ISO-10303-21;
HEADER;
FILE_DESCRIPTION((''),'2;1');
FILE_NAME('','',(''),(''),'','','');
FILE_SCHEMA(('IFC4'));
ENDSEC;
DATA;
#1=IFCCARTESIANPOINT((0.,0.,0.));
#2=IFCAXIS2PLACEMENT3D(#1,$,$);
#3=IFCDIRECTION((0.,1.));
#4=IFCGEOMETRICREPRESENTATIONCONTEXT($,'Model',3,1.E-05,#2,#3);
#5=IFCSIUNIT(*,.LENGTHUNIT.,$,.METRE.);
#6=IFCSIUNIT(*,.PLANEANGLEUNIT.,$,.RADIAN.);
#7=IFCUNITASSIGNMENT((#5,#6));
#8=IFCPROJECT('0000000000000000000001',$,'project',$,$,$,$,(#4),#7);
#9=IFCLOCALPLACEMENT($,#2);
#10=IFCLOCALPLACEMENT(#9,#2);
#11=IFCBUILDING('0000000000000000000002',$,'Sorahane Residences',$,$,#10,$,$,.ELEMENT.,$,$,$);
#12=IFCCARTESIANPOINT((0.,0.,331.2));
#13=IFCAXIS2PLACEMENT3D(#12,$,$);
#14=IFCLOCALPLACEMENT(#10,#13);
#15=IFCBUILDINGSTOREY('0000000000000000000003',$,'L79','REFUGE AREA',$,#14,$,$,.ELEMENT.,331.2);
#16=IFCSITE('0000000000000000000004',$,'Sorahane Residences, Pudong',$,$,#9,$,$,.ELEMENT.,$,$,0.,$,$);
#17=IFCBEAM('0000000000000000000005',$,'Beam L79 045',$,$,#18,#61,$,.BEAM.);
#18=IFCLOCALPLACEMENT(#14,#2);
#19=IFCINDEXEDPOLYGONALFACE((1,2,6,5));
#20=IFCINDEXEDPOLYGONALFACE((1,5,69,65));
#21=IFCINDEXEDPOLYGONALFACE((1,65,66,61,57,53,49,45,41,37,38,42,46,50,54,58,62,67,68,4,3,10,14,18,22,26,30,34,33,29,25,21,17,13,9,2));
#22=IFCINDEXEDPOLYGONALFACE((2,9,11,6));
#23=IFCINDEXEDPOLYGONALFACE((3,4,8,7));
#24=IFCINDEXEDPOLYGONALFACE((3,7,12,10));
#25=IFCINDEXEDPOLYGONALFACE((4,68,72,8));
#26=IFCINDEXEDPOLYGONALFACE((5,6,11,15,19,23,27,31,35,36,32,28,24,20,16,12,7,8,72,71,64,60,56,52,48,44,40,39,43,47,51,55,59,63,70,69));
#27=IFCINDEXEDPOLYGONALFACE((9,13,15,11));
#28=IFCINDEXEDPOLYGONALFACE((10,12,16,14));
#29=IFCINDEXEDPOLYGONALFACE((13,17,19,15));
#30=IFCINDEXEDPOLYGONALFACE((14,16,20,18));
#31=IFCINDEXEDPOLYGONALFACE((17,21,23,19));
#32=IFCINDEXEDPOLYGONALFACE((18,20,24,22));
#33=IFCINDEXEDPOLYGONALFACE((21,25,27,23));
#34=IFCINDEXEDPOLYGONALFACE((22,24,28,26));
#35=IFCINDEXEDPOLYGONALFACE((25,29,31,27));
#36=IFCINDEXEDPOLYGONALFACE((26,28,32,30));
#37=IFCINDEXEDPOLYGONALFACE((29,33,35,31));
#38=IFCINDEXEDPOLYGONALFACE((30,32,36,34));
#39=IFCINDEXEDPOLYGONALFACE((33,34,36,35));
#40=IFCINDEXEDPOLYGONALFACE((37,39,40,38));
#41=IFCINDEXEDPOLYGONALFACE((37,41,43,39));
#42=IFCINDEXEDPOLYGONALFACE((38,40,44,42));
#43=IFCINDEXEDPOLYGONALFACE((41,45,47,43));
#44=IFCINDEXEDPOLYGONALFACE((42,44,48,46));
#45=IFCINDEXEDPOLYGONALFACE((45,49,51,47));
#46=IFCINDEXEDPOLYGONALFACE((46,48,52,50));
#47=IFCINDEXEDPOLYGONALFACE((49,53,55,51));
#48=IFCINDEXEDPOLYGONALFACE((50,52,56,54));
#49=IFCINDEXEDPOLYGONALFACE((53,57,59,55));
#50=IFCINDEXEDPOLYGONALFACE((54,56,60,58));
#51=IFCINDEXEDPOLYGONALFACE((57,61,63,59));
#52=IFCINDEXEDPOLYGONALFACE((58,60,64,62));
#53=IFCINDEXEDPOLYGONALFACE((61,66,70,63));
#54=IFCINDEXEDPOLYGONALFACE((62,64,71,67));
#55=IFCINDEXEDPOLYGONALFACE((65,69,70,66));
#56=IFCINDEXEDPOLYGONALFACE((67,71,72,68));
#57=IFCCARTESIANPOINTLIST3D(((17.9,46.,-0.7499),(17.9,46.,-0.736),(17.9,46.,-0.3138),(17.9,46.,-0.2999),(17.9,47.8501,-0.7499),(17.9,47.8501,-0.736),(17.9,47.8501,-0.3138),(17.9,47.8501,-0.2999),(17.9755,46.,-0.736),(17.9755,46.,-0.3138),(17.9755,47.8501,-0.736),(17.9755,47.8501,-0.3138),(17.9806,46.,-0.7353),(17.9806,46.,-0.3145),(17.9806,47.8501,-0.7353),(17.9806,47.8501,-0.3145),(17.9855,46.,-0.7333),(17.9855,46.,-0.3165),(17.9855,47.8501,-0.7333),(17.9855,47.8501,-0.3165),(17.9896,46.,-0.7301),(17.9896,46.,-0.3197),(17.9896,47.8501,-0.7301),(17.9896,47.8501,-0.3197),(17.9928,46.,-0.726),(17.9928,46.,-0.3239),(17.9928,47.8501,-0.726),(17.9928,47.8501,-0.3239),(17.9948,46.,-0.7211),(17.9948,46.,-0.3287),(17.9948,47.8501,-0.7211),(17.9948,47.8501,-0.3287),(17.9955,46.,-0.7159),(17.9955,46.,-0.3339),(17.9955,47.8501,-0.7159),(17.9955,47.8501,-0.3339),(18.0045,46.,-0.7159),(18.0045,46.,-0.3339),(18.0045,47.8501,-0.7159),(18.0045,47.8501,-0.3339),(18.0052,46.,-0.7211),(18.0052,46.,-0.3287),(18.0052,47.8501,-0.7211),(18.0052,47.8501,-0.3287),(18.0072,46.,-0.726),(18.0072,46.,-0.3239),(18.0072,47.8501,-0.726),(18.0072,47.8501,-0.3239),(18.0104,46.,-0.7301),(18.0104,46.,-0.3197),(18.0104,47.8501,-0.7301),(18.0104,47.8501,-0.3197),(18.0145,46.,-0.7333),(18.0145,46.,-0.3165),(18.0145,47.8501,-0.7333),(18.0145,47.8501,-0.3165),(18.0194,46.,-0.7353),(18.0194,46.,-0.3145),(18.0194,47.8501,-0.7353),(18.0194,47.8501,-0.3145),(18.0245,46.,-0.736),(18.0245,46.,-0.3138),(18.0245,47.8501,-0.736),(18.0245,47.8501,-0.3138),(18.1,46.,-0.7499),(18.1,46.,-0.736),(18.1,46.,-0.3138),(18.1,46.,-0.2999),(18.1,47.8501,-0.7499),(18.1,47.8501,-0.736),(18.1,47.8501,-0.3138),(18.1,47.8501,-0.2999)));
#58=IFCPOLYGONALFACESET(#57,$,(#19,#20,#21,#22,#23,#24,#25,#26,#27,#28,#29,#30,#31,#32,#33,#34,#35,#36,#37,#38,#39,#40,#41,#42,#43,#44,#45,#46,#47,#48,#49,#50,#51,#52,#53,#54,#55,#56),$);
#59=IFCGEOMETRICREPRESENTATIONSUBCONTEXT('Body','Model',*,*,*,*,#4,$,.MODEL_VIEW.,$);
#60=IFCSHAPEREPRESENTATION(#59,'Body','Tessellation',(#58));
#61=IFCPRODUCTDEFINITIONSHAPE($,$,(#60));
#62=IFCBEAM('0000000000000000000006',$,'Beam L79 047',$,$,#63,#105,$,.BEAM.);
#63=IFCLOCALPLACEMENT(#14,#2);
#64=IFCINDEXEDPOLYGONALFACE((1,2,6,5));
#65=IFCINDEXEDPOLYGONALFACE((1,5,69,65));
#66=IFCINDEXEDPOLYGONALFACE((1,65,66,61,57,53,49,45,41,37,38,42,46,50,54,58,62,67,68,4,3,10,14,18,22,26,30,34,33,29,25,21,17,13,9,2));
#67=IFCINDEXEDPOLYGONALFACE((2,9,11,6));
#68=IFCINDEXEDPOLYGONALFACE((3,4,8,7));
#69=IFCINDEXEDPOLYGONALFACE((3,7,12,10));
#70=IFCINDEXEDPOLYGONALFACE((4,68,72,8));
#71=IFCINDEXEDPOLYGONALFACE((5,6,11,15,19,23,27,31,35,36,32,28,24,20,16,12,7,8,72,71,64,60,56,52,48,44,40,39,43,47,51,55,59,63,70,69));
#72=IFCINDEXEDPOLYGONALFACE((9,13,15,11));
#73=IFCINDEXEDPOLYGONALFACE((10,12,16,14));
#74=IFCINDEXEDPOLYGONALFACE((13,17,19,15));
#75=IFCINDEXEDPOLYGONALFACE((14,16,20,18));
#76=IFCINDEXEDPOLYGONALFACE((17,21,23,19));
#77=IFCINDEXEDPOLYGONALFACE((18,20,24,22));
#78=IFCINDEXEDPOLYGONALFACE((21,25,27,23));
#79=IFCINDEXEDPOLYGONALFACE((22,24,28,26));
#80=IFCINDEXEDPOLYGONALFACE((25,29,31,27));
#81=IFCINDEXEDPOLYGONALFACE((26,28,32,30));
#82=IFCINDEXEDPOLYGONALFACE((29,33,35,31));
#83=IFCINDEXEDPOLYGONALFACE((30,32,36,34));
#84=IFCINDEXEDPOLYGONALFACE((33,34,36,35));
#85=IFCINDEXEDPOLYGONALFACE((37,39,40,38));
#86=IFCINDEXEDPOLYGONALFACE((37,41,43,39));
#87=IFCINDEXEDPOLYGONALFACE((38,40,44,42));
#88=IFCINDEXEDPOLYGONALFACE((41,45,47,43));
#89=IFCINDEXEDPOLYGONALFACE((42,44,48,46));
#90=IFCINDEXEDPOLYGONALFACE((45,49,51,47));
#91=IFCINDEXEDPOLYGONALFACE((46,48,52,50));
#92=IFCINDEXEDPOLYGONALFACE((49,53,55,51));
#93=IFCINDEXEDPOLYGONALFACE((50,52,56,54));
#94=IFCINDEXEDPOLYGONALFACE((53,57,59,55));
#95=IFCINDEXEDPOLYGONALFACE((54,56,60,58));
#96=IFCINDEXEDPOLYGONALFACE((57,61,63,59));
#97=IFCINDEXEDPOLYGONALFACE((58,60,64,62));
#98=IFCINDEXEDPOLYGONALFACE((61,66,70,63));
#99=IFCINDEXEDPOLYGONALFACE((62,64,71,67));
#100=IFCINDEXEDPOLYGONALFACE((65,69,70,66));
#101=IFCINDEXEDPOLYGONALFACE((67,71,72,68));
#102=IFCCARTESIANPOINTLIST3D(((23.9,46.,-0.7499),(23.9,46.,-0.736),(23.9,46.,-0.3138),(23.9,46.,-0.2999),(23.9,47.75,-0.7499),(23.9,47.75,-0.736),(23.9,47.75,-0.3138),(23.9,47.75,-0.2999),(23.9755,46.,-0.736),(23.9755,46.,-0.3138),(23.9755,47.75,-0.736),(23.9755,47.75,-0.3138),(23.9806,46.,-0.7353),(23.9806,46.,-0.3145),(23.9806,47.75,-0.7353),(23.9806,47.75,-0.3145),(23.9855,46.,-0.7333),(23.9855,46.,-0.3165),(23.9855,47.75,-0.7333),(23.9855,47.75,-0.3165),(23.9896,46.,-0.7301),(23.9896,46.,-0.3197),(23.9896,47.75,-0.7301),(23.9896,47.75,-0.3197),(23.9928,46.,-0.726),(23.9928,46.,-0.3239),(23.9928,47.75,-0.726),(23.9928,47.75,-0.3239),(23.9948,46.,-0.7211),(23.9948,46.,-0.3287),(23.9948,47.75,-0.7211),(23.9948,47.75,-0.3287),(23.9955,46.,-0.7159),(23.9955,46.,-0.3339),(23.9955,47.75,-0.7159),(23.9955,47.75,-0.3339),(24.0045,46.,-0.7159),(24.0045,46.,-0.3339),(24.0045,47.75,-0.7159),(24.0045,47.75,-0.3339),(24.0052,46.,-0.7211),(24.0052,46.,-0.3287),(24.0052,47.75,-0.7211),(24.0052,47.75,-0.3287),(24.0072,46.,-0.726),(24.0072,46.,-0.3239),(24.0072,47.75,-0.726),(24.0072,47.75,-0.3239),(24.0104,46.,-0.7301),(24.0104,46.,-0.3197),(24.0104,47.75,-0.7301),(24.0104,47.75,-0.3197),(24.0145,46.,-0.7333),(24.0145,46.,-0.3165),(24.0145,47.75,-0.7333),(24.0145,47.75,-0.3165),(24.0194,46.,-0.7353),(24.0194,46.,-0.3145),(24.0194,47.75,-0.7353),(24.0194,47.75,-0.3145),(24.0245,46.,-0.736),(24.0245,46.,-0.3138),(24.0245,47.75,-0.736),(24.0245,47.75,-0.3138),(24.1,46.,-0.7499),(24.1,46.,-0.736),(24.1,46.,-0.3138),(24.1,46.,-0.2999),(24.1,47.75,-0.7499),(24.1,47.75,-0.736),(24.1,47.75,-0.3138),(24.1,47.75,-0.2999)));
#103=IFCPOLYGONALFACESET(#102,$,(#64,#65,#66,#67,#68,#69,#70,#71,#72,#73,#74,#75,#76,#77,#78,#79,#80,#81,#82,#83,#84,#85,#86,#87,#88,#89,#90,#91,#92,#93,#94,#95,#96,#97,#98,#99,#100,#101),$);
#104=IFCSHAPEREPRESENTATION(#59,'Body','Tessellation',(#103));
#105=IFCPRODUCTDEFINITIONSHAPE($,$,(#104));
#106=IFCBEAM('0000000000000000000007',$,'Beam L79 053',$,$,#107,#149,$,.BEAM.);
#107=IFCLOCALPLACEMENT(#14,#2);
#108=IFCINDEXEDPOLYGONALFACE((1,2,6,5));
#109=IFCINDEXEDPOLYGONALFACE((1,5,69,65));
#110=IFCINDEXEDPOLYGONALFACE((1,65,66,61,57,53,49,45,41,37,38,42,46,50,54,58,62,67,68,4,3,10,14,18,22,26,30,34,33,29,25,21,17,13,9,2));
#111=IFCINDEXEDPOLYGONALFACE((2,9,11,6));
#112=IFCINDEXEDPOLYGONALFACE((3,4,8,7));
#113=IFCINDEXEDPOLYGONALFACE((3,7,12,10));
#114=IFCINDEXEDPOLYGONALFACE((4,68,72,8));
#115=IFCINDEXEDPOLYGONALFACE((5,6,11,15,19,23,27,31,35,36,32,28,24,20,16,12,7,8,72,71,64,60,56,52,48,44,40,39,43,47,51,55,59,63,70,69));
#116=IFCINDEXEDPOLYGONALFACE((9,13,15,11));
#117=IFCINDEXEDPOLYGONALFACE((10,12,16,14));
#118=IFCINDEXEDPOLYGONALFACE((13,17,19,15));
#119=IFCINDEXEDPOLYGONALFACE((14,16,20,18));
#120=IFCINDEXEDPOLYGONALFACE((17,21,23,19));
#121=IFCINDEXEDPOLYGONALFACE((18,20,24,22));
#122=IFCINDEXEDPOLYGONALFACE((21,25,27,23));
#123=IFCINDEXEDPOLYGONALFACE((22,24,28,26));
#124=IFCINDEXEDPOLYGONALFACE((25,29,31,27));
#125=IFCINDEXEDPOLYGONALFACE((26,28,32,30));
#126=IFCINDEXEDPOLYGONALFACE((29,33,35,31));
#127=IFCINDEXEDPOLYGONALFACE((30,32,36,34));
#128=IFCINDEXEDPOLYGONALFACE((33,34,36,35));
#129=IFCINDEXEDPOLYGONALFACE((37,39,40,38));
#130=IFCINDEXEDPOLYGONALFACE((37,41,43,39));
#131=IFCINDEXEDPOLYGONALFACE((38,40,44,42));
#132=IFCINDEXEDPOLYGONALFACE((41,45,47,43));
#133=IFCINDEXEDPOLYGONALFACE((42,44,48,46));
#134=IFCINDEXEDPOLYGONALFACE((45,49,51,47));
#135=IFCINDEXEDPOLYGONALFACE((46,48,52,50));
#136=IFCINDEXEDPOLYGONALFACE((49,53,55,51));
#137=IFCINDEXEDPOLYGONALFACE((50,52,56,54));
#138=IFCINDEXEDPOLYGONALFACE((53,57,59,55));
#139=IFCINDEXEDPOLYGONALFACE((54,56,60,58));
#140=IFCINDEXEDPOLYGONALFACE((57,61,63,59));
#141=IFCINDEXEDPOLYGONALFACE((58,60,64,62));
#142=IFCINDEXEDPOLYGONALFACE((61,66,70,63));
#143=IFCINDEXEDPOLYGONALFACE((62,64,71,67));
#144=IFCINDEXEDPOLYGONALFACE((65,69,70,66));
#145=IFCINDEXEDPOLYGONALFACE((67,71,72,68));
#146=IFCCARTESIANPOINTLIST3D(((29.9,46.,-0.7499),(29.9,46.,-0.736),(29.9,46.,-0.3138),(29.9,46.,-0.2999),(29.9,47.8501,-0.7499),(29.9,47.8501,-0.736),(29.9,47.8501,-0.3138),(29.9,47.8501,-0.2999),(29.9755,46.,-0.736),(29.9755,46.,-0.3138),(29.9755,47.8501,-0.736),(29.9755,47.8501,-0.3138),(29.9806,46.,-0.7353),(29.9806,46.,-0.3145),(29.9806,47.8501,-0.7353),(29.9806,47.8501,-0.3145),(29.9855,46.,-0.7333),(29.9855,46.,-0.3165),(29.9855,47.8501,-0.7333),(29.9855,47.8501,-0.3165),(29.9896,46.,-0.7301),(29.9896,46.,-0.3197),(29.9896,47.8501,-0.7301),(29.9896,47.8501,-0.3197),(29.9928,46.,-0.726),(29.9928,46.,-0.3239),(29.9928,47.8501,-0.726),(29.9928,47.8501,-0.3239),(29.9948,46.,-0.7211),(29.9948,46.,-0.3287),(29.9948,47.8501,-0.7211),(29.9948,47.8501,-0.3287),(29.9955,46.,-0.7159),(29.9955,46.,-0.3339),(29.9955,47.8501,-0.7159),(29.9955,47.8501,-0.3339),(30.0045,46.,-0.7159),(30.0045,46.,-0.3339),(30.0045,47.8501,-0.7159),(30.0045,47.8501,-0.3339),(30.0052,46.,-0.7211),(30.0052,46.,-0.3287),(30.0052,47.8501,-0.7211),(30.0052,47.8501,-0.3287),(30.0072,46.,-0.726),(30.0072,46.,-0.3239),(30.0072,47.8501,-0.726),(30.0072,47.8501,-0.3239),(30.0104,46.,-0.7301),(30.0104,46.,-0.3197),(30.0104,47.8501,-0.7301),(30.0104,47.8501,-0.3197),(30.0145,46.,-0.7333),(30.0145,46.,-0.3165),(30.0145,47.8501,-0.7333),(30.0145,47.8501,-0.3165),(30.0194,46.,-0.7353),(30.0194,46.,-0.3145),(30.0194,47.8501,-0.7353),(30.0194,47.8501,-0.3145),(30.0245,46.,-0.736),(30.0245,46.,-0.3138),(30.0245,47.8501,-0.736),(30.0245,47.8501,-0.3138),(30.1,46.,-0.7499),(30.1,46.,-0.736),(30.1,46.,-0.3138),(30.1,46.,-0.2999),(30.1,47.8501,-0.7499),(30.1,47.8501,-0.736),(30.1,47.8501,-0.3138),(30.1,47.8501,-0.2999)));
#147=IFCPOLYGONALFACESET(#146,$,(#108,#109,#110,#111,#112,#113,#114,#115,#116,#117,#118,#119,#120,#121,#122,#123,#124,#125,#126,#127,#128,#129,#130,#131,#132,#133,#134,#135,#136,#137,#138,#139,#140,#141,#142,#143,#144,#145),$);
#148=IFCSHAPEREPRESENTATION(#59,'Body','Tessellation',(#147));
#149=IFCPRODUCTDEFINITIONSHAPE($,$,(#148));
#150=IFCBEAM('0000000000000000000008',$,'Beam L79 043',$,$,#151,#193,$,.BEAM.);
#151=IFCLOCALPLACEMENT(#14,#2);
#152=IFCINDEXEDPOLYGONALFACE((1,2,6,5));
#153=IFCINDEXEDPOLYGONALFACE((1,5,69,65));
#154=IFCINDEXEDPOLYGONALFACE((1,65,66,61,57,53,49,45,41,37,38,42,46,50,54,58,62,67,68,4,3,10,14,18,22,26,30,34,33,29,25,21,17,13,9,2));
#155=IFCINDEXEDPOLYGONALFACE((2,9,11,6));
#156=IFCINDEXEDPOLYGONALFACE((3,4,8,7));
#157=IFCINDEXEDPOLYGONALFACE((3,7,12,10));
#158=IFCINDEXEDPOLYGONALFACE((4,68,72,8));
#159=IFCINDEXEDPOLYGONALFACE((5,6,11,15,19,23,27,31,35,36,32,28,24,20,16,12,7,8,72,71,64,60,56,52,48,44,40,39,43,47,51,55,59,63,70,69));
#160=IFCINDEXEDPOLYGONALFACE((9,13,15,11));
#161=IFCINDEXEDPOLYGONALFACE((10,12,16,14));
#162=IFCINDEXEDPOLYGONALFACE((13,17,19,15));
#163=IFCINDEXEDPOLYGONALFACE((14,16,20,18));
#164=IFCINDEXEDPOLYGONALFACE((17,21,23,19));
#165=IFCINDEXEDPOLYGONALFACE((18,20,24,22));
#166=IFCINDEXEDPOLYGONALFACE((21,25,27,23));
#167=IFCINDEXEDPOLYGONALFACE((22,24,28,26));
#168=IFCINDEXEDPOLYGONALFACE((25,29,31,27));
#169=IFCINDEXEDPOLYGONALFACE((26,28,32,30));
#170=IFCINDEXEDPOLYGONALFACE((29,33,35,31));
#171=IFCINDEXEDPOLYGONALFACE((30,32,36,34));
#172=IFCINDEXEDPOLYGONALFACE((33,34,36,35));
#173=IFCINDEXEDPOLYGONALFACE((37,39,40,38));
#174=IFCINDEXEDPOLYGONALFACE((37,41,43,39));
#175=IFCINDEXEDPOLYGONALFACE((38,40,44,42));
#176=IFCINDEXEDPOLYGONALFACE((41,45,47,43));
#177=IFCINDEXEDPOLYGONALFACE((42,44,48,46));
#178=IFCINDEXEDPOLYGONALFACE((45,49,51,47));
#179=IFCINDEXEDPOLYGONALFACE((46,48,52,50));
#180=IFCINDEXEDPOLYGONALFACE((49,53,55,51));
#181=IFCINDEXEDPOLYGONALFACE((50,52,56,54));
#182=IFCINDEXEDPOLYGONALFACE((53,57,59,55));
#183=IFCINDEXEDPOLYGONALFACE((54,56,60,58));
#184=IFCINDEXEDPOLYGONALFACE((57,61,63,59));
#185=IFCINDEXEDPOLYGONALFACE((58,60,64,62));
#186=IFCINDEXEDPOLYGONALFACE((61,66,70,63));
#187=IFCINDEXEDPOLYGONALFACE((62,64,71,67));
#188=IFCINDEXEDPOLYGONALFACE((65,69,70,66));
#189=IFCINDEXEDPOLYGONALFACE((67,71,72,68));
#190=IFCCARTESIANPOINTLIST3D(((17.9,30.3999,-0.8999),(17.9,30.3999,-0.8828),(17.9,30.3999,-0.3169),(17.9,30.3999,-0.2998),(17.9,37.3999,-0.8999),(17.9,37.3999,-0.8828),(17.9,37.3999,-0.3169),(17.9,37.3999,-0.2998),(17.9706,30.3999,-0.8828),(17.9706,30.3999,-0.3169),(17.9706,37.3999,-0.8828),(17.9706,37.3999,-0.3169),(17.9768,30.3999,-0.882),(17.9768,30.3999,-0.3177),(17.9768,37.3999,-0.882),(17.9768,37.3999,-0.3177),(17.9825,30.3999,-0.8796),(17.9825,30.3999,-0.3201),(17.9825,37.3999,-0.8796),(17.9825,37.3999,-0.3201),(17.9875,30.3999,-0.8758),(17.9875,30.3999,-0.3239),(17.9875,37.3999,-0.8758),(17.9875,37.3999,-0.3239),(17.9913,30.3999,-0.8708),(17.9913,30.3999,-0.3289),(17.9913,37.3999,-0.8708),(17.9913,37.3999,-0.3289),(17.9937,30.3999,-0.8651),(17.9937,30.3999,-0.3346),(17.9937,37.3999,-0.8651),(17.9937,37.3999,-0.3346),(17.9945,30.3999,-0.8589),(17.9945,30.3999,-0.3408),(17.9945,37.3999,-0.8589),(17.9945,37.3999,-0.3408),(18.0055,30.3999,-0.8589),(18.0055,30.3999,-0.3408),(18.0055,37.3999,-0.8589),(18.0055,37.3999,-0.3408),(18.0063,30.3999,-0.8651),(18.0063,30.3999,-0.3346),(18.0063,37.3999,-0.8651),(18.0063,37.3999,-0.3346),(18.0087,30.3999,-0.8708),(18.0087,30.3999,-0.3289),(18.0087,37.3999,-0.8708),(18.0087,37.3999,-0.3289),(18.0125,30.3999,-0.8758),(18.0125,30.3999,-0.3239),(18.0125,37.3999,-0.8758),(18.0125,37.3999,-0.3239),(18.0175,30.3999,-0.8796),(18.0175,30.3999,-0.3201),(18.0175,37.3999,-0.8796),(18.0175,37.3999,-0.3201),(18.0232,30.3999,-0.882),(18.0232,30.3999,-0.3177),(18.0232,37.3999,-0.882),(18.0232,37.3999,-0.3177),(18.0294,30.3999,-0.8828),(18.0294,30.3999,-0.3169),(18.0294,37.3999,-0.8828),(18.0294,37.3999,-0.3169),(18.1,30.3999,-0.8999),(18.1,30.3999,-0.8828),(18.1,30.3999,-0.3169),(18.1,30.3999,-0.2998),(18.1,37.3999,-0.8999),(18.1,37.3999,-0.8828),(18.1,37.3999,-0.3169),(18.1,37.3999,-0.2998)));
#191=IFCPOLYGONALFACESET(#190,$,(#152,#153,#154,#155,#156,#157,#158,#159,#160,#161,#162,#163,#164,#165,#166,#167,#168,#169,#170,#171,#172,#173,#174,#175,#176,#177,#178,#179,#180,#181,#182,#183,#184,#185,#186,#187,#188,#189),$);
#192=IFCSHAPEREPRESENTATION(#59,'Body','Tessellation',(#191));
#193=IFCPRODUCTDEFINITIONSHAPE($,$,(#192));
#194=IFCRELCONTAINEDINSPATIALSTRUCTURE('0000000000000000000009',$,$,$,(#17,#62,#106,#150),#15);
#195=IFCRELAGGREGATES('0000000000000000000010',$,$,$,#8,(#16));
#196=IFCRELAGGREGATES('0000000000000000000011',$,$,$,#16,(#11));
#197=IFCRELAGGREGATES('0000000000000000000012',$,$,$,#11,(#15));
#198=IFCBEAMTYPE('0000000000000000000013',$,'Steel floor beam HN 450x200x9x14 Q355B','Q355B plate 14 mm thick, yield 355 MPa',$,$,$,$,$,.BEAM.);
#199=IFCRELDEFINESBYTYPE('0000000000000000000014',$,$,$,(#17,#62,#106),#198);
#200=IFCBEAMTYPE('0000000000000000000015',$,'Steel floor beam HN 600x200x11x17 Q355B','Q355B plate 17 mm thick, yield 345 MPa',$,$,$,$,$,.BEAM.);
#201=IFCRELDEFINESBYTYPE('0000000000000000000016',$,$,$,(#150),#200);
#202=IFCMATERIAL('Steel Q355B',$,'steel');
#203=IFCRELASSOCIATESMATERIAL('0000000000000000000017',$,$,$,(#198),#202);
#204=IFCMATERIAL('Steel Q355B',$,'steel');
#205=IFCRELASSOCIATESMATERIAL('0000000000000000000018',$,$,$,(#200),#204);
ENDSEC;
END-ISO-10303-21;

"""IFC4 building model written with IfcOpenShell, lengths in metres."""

from ifc_helpers import new_model, si_unit, direction, frame, origin, origin_2d, place, context, subcontext, project, spatial, i_section, extrude, material, material_profile, profile_set, type_object, element, save


model = new_model("IFC4")

# Units and contexts
model_context = context("Model", 3, precision=1e-05, world=origin(), true_north=direction((0.0, 1.0)))
body_context = subcontext(model_context, "Body", "Model", "MODEL_VIEW")
ifc_project = project(units=[si_unit("LENGTHUNIT", "METRE"), si_unit("PLANEANGLEUNIT", "RADIAN")], contexts=[model_context])

# Site, building, storey
site_placement = place(None, origin())
site = spatial("IfcSite", under=ifc_project, at=site_placement, Name="Sorahane Residences, Pudong", CompositionType="ELEMENT", RefElevation=0.0)
building_placement = place(site_placement, origin())
building = spatial("IfcBuilding", under=site, at=building_placement, Name="Sorahane Residences", CompositionType="ELEMENT")
storey_placement = place(building_placement, frame((0.0, 0.0, 331.2)))
storey = spatial("IfcBuildingStorey", under=building, at=storey_placement, Name="L79", Description="REFUGE AREA", CompositionType="ELEMENT", Elevation=331.2)

# Beams
ifc_material_1 = material(Name="Steel Q355B", Category="steel")
ifc_material_profile_1 = material_profile(ifc_material_1, i_section(OverallWidth=0.2, OverallDepth=0.45, WebThickness=0.009, FlangeThickness=0.0139, FilletRadius=0.02, at=origin_2d()), Name="HN 450x200x9x14")
ifc_profile_set_1 = profile_set([ifc_material_profile_1], Name="Steel Q355B")
beam_type_1 = type_object("IfcBeamType", Name="Steel floor beam HN 450x200x9x14 Q355B", Description="Q355B plate 14 mm thick, yield 355 MPa", PredefinedType="BEAM", material=ifc_profile_set_1)
beam_1_placement = place(storey_placement, frame((18.0, 46.0, -0.5249), z_axis=(0.0, 1.0, 0.0), x_axis=(-1.0, 0.0, 0.0)))
element("IfcBeam", 1, at=beam_1_placement, inside=storey, type_object=beam_type_1, Name="Beam L79 045", PredefinedType="BEAM", context=body_context, shape_type="SweptSolid", body=[
    extrude(i_section(OverallWidth=0.2, OverallDepth=0.45, WebThickness=0.009, FlangeThickness=0.0139, FilletRadius=0.02, at=origin_2d()), origin(), (0.0, 0.0, 1.0), 1.8501),
])
beam_2_placement = place(storey_placement, frame((24.0, 46.0, -0.5249), z_axis=(0.0, 1.0, 0.0), x_axis=(-1.0, 0.0, 0.0)))
element("IfcBeam", 2, at=beam_2_placement, inside=storey, type_object=beam_type_1, Name="Beam L79 047", PredefinedType="BEAM", context=body_context, shape_type="SweptSolid", body=[
    extrude(i_section(OverallWidth=0.2, OverallDepth=0.45, WebThickness=0.009, FlangeThickness=0.0139, FilletRadius=0.02, at=origin_2d()), origin(), (0.0, 0.0, 1.0), 1.75),
])
beam_3_placement = place(storey_placement, frame((30.0, 46.0, -0.5249), z_axis=(0.0, 1.0, 0.0), x_axis=(-1.0, 0.0, 0.0)))
element("IfcBeam", 3, at=beam_3_placement, inside=storey, type_object=beam_type_1, Name="Beam L79 053", PredefinedType="BEAM", context=body_context, shape_type="SweptSolid", body=[
    extrude(i_section(OverallWidth=0.2, OverallDepth=0.45, WebThickness=0.009, FlangeThickness=0.0139, FilletRadius=0.02, at=origin_2d()), origin(), (0.0, 0.0, 1.0), 1.8501),
])
ifc_material_2 = material(Name="Steel Q355B", Category="steel")
ifc_material_profile_2 = material_profile(ifc_material_2, i_section(OverallWidth=0.2, OverallDepth=0.6001, WebThickness=0.011, FlangeThickness=0.0171, FilletRadius=0.0239, at=origin_2d()), Name="HN 600x200x11x17")
ifc_profile_set_2 = profile_set([ifc_material_profile_2], Name="Steel Q355B")
beam_type_2 = type_object("IfcBeamType", Name="Steel floor beam HN 600x200x11x17 Q355B", Description="Q355B plate 17 mm thick, yield 345 MPa", PredefinedType="BEAM", material=ifc_profile_set_2)
for number, where, z_axis, x_axis, name in (
    (4, (18.0, 30.3999, -0.5999), (0.0, 1.0, 0.0), (-1.0, 0.0, 0.0), "Beam L79 043"),
):
    element("IfcBeam", number, at=place(storey_placement, frame(where, z_axis=z_axis, x_axis=x_axis)), inside=storey, type_object=beam_type_2, Name=name, PredefinedType="BEAM", context=body_context, shape_type="SweptSolid", body=[
        extrude(i_section(OverallWidth=0.2, OverallDepth=0.6001, WebThickness=0.011, FlangeThickness=0.0171, FilletRadius=0.0239, at=origin_2d()), origin(), (0.0, 0.0, 1.0), 7.0),
    ])

save(model, "model.ifc")
